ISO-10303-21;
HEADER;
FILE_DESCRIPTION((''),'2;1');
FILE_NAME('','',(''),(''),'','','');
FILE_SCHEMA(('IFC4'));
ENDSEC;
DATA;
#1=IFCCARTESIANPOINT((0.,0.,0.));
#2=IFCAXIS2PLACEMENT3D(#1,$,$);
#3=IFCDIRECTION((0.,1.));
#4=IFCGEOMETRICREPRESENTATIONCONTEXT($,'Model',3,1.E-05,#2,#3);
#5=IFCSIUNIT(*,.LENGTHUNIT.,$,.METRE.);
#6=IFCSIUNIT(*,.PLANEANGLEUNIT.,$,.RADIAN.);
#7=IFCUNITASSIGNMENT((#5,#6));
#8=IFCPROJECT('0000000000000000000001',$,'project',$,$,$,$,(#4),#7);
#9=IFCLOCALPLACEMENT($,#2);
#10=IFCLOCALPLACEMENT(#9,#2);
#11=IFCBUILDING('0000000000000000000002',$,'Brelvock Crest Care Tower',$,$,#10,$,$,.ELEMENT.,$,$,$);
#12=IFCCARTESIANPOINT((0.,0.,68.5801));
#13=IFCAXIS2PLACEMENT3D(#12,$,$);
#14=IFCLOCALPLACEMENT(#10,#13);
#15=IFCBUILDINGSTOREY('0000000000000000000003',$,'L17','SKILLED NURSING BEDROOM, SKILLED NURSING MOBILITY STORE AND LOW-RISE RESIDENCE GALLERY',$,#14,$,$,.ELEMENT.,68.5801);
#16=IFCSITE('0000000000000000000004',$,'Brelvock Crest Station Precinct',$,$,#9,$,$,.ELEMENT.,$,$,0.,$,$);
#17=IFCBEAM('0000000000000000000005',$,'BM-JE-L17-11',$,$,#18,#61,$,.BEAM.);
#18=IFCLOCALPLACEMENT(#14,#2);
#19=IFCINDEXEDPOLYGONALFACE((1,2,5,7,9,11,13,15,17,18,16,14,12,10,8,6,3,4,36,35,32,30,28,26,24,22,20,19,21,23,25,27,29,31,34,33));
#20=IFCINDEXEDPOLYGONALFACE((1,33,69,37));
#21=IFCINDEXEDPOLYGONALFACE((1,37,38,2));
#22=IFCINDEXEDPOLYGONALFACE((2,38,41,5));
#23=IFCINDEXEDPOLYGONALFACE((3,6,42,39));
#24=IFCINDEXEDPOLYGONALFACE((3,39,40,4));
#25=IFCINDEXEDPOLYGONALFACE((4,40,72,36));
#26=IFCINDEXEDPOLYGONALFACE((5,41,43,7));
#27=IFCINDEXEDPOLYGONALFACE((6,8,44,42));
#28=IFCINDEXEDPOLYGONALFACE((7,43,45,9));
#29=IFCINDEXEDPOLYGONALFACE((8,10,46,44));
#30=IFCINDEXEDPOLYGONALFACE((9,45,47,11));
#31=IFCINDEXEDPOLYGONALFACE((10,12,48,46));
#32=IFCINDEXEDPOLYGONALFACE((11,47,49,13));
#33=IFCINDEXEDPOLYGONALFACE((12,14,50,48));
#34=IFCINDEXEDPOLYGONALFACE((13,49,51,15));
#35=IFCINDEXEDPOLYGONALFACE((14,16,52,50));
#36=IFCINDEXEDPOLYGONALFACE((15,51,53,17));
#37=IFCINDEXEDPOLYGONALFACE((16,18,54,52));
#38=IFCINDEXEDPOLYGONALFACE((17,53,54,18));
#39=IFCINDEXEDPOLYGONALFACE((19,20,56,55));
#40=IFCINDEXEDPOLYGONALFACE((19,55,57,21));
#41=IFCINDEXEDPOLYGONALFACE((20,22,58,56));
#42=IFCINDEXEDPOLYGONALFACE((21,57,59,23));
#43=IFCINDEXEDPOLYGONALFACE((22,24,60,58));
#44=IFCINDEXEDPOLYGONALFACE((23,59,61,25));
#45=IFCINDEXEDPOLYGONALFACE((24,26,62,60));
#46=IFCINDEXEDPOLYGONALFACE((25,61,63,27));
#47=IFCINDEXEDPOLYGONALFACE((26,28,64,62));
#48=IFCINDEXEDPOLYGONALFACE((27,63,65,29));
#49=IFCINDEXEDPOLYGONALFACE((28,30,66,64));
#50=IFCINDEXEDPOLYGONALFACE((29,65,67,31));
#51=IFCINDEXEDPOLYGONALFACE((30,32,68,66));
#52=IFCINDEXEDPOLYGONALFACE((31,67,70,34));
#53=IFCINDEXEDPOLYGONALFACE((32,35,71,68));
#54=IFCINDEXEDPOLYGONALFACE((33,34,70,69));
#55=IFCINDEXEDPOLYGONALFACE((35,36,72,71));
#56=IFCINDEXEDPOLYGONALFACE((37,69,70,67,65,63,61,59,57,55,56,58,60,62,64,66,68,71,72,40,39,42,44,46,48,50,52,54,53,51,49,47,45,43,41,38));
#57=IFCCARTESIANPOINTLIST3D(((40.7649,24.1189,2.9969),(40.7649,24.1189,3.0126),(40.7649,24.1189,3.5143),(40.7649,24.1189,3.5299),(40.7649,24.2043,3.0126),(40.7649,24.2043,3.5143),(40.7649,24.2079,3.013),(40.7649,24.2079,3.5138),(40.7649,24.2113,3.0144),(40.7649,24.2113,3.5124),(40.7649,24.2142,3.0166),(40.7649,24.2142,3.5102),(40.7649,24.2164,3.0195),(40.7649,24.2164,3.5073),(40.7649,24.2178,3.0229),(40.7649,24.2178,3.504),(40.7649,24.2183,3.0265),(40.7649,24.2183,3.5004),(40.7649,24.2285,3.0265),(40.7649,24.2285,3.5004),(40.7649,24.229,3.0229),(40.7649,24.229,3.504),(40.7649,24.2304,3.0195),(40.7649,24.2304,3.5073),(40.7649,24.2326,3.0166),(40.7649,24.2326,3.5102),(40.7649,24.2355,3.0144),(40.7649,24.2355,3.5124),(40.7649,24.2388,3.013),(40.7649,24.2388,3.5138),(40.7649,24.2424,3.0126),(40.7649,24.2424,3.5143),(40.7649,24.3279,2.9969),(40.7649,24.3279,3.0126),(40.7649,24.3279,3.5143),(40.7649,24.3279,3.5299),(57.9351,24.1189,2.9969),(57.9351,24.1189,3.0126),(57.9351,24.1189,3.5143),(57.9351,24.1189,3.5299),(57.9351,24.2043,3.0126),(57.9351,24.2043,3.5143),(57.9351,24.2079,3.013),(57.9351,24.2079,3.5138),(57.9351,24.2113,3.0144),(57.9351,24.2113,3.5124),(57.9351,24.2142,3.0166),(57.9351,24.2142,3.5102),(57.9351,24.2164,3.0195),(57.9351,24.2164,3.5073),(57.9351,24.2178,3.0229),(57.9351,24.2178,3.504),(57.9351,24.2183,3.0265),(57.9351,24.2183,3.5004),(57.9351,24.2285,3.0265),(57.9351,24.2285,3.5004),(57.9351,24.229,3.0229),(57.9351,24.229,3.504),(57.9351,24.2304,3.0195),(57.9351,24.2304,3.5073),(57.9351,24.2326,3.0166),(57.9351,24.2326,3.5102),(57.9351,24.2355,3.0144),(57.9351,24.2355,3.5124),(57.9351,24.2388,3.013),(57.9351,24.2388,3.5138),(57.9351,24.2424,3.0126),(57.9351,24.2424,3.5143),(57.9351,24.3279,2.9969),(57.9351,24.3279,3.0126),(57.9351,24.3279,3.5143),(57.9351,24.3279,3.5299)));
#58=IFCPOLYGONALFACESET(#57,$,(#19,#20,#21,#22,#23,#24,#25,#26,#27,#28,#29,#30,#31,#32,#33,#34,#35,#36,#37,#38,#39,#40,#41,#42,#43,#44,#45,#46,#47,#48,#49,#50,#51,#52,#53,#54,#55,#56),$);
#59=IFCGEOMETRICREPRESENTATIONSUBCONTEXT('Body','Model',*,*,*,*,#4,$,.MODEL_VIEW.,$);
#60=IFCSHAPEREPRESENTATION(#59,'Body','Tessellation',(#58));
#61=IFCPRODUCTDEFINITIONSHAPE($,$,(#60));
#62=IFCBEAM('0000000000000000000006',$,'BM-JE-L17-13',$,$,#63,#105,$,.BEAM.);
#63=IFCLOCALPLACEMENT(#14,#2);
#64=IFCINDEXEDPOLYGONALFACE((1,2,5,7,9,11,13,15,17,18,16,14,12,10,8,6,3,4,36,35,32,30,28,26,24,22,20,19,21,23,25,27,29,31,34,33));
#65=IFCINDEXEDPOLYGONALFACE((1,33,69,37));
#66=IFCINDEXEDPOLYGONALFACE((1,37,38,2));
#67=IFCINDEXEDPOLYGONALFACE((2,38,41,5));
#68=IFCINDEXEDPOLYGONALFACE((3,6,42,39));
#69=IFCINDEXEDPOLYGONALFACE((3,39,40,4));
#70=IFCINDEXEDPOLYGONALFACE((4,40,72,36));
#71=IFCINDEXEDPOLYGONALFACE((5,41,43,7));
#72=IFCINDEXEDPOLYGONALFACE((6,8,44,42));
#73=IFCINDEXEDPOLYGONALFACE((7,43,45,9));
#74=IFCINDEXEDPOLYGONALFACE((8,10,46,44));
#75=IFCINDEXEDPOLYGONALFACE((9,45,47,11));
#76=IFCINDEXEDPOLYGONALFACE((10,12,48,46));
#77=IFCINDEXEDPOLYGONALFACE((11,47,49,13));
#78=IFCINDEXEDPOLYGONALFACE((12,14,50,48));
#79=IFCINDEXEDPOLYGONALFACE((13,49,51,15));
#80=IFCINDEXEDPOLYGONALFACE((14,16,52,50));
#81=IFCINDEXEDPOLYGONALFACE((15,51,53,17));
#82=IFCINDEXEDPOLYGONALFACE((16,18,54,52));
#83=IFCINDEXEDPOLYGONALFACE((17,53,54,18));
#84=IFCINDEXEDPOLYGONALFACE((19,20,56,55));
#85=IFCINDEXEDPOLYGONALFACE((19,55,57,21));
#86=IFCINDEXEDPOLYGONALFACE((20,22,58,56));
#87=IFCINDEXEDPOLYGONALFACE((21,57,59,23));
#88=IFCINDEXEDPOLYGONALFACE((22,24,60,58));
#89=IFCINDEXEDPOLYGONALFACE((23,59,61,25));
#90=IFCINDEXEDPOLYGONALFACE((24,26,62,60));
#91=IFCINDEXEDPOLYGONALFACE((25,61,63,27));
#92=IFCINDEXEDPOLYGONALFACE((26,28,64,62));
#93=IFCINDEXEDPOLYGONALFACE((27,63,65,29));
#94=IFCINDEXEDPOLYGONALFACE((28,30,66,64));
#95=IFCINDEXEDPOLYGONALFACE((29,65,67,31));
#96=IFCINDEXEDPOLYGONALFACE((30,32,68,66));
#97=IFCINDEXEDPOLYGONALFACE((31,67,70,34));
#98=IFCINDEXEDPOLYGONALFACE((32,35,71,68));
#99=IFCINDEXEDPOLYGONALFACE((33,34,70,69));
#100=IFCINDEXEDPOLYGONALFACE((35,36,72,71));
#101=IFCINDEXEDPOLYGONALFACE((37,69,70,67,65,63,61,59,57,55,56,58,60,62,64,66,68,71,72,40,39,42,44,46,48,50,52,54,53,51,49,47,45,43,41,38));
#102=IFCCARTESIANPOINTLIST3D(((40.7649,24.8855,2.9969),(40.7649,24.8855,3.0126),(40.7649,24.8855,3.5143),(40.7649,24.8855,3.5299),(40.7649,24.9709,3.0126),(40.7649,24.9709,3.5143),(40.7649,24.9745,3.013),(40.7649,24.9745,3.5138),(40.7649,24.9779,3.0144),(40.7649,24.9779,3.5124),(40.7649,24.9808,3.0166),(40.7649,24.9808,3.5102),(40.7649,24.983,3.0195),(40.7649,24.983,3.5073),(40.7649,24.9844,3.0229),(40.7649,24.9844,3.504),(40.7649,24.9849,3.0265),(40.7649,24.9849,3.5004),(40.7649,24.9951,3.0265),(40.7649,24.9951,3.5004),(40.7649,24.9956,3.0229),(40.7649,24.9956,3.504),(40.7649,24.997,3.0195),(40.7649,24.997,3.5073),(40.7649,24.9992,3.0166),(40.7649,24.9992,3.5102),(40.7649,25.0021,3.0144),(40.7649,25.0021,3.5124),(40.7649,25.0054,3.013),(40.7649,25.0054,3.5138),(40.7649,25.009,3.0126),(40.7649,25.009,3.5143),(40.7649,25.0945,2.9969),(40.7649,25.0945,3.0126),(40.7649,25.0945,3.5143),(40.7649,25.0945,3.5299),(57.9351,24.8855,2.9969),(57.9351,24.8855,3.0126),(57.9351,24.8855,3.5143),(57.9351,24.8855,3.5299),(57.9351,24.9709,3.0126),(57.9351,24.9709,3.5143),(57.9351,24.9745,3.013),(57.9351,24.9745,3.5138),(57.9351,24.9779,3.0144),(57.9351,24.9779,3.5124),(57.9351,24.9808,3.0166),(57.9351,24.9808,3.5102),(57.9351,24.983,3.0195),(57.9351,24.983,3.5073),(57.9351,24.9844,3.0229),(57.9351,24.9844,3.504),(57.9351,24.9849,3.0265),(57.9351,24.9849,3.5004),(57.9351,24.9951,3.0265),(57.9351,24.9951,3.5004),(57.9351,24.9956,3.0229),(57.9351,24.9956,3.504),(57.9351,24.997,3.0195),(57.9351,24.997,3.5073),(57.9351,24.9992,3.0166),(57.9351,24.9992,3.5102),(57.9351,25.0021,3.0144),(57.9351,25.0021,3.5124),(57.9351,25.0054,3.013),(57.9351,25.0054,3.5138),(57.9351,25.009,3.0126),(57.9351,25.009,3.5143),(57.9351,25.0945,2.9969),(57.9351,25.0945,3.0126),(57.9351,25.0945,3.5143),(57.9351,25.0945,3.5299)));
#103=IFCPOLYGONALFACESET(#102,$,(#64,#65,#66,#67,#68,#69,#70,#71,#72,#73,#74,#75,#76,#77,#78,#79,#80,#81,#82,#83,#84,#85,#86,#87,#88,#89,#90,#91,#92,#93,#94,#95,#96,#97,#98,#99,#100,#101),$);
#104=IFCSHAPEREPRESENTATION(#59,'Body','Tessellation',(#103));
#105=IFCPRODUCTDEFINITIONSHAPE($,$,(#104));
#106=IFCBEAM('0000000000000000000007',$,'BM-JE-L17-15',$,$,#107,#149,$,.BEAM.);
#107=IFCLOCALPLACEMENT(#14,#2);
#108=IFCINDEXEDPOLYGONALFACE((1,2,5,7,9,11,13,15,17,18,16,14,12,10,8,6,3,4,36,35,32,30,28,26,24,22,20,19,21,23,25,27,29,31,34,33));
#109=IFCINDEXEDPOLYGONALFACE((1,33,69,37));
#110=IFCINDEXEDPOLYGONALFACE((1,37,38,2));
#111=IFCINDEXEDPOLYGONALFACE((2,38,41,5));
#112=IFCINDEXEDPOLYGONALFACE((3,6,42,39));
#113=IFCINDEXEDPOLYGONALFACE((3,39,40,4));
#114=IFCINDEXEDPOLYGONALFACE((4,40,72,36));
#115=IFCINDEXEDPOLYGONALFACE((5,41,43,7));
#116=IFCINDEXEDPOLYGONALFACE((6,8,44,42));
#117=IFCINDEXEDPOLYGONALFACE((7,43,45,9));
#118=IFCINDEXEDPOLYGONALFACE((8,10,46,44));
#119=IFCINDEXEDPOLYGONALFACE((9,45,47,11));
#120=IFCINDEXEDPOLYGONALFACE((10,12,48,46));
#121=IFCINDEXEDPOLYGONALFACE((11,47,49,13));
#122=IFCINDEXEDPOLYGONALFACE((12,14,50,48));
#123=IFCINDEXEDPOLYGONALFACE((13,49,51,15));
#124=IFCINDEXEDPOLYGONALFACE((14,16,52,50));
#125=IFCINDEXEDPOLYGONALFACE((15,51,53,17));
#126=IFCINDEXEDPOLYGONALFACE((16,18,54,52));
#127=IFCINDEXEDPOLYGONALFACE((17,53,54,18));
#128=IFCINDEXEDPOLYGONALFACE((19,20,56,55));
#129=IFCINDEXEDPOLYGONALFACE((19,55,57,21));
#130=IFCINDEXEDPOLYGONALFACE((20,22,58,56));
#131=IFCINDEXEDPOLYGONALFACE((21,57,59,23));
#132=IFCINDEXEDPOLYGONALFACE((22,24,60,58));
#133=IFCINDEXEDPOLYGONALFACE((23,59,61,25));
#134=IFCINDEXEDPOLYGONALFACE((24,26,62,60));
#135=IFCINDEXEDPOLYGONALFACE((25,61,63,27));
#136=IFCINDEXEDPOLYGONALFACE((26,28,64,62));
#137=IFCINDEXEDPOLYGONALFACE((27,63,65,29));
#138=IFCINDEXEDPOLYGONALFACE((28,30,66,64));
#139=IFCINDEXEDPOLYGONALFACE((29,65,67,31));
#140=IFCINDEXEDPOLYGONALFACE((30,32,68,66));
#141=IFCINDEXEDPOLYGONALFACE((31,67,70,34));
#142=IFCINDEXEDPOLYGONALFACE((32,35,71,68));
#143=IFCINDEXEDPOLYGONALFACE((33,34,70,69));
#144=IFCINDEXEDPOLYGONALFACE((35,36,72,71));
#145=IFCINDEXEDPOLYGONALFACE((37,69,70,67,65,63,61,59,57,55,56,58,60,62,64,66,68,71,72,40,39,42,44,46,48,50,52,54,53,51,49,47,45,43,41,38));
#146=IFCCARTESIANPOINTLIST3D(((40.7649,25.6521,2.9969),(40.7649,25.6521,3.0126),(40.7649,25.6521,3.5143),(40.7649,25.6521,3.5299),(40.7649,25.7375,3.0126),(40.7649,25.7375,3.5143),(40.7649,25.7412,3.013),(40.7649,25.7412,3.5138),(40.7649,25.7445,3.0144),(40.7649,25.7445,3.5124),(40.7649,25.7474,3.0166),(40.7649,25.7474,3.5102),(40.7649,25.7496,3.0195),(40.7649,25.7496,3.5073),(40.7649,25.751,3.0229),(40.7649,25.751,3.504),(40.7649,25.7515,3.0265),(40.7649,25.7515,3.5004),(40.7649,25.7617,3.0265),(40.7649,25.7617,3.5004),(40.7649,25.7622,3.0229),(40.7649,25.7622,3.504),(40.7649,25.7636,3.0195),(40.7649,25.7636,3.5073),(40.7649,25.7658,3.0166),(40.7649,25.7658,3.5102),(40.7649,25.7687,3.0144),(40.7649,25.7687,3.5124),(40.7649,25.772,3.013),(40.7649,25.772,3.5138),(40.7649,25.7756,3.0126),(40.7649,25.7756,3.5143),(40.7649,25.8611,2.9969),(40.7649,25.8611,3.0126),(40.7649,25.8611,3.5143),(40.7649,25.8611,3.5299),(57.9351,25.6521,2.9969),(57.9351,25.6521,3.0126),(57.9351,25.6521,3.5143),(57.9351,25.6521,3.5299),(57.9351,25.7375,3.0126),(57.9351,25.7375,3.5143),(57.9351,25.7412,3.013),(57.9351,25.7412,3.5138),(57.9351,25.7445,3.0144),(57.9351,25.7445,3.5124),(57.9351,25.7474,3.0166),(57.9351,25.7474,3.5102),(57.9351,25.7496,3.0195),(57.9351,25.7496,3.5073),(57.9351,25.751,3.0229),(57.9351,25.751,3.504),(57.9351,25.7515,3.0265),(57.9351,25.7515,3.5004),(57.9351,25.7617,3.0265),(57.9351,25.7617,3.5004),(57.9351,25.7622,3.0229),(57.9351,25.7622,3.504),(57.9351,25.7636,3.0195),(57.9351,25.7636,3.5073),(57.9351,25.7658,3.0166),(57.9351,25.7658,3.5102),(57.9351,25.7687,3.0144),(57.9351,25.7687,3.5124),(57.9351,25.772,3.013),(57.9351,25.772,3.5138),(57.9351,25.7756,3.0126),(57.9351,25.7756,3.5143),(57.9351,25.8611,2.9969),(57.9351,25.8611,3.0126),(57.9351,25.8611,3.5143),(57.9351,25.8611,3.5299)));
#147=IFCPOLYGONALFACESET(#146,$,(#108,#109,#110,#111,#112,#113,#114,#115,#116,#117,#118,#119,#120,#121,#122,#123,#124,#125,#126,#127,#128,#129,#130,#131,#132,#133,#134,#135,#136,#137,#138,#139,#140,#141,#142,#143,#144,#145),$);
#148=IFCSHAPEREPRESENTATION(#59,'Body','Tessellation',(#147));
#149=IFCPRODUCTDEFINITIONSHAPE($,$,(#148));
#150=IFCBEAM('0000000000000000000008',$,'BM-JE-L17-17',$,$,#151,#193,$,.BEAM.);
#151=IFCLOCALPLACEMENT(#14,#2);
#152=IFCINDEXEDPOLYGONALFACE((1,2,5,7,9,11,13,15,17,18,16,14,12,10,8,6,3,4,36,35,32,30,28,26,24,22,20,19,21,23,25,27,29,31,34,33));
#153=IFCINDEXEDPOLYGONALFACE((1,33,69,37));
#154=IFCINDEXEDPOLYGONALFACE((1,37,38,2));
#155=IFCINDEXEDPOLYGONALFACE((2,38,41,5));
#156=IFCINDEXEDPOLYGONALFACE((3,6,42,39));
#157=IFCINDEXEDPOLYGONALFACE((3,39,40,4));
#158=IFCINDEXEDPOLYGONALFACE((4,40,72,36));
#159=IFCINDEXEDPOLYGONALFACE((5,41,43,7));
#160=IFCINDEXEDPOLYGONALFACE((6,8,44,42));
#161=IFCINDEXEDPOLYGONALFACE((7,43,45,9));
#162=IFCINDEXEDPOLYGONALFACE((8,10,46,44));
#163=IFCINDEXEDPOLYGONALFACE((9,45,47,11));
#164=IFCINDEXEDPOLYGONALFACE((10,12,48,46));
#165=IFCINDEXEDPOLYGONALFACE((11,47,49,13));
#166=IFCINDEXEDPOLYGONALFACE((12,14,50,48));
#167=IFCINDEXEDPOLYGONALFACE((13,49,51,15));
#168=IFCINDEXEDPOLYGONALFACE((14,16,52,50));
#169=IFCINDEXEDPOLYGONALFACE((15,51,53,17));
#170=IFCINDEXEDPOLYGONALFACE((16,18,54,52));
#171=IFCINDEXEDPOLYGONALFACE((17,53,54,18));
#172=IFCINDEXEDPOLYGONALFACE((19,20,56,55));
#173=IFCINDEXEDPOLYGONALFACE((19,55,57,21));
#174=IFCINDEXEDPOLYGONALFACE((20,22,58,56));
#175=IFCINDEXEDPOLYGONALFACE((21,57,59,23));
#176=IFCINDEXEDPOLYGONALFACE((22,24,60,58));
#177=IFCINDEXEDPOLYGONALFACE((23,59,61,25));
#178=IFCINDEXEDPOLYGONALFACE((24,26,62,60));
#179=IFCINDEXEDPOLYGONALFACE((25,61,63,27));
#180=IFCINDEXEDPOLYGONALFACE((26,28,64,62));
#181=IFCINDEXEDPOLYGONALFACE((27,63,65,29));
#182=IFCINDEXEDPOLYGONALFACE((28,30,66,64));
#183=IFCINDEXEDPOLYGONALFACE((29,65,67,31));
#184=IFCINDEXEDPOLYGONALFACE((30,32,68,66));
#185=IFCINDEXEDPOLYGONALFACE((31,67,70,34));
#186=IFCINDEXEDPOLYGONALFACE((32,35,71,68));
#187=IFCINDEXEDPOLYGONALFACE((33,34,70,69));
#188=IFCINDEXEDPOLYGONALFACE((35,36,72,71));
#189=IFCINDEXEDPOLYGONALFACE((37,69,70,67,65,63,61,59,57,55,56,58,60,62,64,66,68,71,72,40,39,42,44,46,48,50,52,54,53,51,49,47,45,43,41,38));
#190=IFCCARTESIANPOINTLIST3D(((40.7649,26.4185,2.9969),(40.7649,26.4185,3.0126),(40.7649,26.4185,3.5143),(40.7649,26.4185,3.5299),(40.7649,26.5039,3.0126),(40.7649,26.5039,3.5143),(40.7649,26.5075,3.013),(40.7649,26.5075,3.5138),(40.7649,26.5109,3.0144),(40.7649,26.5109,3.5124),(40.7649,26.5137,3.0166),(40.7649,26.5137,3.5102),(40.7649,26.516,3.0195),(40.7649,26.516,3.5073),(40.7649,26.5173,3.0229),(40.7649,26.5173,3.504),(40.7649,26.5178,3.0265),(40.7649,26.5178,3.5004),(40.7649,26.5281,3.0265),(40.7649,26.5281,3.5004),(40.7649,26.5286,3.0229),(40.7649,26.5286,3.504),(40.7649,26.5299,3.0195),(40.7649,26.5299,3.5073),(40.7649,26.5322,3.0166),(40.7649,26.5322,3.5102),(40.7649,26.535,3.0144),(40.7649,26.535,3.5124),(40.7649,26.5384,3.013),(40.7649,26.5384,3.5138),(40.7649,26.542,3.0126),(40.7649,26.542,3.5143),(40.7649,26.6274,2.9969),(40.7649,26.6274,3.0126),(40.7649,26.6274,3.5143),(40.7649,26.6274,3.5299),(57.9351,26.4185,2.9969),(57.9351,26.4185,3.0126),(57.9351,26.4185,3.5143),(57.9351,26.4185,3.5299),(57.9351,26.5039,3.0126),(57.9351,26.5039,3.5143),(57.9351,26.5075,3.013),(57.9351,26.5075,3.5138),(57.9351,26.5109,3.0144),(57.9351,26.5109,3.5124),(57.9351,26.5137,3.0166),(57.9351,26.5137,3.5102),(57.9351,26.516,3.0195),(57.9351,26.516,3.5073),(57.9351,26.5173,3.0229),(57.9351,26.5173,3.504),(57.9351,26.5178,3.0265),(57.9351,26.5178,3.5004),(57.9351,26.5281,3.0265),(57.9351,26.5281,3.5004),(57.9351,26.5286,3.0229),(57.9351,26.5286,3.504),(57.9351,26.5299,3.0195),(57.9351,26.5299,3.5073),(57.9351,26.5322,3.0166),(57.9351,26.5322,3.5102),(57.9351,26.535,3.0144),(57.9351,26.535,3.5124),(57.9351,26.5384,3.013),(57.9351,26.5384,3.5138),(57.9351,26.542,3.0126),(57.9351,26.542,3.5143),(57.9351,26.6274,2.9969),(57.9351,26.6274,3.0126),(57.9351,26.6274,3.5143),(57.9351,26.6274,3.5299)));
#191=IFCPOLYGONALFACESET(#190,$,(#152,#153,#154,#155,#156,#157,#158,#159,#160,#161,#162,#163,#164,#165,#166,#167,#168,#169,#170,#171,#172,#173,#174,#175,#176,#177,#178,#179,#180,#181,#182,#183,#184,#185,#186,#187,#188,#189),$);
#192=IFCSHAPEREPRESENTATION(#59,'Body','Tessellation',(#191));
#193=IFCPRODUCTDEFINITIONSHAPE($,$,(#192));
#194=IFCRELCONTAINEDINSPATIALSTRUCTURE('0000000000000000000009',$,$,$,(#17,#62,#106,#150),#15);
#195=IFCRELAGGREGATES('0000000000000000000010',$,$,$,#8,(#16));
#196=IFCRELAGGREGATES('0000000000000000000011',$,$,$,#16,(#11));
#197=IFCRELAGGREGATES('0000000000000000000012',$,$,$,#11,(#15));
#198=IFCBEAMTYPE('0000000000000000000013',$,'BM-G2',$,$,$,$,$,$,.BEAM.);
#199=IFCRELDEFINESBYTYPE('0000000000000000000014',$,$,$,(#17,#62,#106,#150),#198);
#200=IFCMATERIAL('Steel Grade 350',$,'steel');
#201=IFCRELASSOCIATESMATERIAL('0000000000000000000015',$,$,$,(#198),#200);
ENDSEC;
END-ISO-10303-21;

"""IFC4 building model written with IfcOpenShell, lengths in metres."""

from ifc_helpers import new_model, si_unit, direction, frame, origin, origin_2d, place, context, subcontext, project, spatial, i_section, extrude, source, transform, mapped, material, material_profile, profile_set, type_object, element, save


model = new_model("IFC4")

# Units and contexts
model_context = context("Model", 3, precision=1e-05, world=origin(), true_north=direction((0.0, 1.0)))
body_context = subcontext(model_context, "Body", "Model", "MODEL_VIEW")
ifc_project = project(units=[si_unit("LENGTHUNIT", "METRE"), si_unit("PLANEANGLEUNIT", "RADIAN")], contexts=[model_context])

# Site, building, storey
site_placement = place(None, origin())
site = spatial("IfcSite", under=ifc_project, at=site_placement, Name="Brelvock Crest Station Precinct", CompositionType="ELEMENT", RefElevation=0.0)
building_placement = place(site_placement, origin())
building = spatial("IfcBuilding", under=site, at=building_placement, Name="Brelvock Crest Care Tower", CompositionType="ELEMENT")
storey_placement = place(building_placement, frame((0.0, 0.0, 68.5801)))
storey = spatial("IfcBuildingStorey", under=building, at=storey_placement, Name="L17", Description="SKILLED NURSING BEDROOM, SKILLED NURSING MOBILITY STORE AND LOW-RISE RESIDENCE GALLERY", CompositionType="ELEMENT", Elevation=68.5801)

# Beams
ifc_material_1 = material(Name="Steel Grade 350", Category="steel")
ifc_material_profile_1 = material_profile(ifc_material_1, i_section(OverallWidth=0.209, OverallDepth=0.533, WebThickness=0.0103, FlangeThickness=0.0156, FilletRadius=0.0139, at=origin_2d()), Name="530UB92.4")
ifc_profile_set_1 = profile_set([ifc_material_profile_1], Name="Steel Grade 350")
beam_type_1 = type_object("IfcBeamType", Name="BM-G2", PredefinedType="BEAM", material=ifc_profile_set_1)
shared_shape_1 = source(origin(), body_context, "Body", "SweptSolid", [
    extrude(i_section(OverallWidth=0.209, OverallDepth=0.533, WebThickness=0.0103, FlangeThickness=0.0156, FilletRadius=0.0139, at=origin_2d()), origin(), (0.0, 0.0, 1.0), 17.1702),
])
for number, where, z_axis, x_axis, name in (
    (1, (40.7649, 24.2234, 3.2634), (1.0, 0.0, 0.0), (0.0, 1.0, 0.0), "BM-JE-L17-11"),
    (2, (40.7649, 24.99, 3.2634), (1.0, 0.0, 0.0), (0.0, 1.0, 0.0), "BM-JE-L17-13"),
    (3, (40.7649, 25.7566, 3.2634), (1.0, 0.0, 0.0), (0.0, 1.0, 0.0), "BM-JE-L17-15"),
    (4, (40.7649, 26.5229, 3.2634), (1.0, 0.0, 0.0), (0.0, 1.0, 0.0), "BM-JE-L17-17"),
):
    element("IfcBeam", number, at=place(storey_placement, frame(where, z_axis=z_axis, x_axis=x_axis)), inside=storey, type_object=beam_type_1, Name=name, PredefinedType="BEAM", context=body_context, shape_type="MappedRepresentation", body=[
        mapped(shared_shape_1, transform((0.0, 0.0, 0.0), x_axis=(1.0, 0.0, 0.0), y_axis=(0.0, 1.0, 0.0), z_axis=(0.0, 0.0, 1.0), scale=1.0)),
    ])

save(model, "model.ifc")
